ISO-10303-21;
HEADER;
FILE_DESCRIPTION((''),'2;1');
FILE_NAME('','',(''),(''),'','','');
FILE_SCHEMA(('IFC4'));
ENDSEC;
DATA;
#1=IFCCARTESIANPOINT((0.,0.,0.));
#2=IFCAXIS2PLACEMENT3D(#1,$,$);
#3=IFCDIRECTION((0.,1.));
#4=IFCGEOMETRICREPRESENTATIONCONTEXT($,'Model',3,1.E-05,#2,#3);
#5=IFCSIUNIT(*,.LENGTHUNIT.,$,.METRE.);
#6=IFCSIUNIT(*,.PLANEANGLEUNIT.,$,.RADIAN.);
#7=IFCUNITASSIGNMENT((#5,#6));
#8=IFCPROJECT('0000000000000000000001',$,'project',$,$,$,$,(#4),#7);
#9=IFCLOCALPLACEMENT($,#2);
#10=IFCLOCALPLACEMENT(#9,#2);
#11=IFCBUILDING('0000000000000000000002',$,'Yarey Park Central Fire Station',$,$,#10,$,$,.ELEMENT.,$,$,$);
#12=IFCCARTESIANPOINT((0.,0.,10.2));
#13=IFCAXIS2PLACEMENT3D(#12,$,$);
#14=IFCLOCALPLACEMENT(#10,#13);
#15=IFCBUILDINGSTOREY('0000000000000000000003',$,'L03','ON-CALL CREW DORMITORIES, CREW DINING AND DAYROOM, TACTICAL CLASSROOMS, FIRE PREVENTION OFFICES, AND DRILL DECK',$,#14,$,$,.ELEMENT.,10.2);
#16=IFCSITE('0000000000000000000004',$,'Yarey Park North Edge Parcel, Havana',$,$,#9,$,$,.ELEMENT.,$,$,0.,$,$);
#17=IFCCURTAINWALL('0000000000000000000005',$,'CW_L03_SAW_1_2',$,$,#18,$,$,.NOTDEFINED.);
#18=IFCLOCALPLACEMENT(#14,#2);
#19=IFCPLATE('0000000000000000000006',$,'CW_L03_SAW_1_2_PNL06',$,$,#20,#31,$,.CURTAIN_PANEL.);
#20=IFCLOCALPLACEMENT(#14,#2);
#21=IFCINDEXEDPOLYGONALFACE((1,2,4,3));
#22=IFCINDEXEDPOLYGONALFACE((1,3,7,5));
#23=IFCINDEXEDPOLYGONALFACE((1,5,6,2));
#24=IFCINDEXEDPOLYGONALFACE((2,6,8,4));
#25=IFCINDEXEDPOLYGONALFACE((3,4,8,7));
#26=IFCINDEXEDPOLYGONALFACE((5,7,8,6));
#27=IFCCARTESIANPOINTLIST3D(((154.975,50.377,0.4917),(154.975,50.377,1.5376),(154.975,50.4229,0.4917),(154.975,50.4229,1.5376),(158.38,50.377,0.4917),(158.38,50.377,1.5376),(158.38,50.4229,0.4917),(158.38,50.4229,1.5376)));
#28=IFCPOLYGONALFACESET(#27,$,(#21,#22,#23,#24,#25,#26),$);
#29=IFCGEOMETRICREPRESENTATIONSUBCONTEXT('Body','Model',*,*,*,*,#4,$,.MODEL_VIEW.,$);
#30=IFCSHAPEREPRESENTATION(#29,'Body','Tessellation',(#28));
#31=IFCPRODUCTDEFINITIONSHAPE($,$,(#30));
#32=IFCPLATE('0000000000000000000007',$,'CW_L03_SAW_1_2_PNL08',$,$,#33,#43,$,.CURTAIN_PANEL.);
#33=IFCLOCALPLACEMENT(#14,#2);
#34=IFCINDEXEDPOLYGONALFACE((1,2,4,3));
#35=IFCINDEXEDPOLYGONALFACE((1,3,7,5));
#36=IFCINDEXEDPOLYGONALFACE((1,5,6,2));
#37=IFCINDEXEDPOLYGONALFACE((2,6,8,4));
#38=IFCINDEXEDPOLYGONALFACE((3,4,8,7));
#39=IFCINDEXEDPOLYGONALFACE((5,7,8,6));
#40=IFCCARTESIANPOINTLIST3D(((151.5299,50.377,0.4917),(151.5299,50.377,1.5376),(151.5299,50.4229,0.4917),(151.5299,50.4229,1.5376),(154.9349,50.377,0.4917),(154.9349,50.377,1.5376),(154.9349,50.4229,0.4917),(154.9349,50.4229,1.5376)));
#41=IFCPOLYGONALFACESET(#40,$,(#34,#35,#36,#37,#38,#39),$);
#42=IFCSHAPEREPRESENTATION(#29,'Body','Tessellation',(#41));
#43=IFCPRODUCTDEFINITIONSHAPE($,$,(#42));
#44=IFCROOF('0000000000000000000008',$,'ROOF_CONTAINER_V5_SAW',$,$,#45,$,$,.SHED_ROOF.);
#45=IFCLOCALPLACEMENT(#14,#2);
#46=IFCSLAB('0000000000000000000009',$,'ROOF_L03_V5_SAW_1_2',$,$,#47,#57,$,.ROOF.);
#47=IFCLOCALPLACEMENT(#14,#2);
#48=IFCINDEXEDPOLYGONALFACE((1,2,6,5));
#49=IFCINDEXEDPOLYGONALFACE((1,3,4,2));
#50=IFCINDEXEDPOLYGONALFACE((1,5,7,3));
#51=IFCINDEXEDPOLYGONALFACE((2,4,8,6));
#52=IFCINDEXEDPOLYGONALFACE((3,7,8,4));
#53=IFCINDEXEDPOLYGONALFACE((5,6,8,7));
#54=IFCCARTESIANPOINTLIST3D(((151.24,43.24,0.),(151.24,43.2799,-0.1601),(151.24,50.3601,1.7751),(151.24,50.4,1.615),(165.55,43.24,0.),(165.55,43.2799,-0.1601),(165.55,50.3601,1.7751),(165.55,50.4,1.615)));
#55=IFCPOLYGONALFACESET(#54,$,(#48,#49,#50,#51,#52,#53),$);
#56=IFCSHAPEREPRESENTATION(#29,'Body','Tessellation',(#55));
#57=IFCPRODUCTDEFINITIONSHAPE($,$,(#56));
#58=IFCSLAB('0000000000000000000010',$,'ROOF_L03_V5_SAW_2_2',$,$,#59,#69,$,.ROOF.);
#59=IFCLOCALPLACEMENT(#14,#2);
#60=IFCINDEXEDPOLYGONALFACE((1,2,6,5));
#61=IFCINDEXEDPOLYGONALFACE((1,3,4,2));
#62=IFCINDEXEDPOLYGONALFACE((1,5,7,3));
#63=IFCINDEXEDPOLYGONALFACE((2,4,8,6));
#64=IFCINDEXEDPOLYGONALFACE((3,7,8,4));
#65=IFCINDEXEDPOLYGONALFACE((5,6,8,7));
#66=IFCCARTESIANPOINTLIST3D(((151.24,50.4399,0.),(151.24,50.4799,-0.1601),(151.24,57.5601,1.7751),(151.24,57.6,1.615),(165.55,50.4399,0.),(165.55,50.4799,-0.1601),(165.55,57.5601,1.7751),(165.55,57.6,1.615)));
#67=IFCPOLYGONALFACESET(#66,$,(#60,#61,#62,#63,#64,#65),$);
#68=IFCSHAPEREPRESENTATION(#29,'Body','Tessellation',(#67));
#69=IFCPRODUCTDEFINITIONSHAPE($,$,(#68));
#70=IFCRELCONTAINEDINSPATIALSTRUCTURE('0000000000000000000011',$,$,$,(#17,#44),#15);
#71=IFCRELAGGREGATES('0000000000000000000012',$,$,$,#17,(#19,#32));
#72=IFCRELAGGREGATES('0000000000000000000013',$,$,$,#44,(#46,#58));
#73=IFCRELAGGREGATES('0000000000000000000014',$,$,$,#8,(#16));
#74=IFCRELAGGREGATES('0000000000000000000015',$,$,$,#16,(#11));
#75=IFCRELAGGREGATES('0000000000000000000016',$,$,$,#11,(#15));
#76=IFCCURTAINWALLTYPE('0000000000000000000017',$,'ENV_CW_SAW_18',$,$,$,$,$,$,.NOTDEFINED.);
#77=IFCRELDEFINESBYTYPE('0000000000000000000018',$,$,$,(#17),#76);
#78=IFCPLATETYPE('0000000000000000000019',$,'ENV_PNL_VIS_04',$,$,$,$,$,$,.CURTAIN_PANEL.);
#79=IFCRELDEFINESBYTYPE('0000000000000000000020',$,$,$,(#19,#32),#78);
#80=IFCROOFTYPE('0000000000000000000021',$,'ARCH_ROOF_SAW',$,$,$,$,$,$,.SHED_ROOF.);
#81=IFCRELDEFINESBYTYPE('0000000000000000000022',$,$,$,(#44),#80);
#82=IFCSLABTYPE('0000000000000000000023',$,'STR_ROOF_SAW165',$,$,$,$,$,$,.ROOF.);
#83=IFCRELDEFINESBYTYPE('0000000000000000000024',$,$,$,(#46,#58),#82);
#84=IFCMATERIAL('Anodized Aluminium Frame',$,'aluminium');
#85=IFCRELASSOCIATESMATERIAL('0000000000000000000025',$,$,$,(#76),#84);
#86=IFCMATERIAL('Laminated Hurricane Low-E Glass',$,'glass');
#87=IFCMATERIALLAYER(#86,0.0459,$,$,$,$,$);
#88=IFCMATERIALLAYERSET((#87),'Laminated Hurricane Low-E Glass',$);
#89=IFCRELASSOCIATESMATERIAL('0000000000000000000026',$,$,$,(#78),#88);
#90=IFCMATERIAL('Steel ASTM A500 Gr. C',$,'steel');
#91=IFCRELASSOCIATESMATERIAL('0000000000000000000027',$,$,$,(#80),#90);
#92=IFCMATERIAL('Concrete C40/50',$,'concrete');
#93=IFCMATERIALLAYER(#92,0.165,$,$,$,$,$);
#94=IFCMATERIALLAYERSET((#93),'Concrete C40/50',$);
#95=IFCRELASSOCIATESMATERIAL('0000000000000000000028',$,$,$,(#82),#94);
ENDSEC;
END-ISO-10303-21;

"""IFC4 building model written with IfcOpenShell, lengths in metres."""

from ifc_helpers import new_model, si_unit, direction, frame, origin, origin_2d, place, context, subcontext, project, spatial, polyline, rectangle, outline, extrude, material, layer, layer_set, type_object, element, aggregate, save


model = new_model("IFC4")

# Units and contexts
model_context = context("Model", 3, precision=1e-05, world=origin(), true_north=direction((0.0, 1.0)))
body_context = subcontext(model_context, "Body", "Model", "MODEL_VIEW")
ifc_project = project(units=[si_unit("LENGTHUNIT", "METRE"), si_unit("PLANEANGLEUNIT", "RADIAN")], contexts=[model_context])

# Site, building, storey
site_placement = place(None, origin())
site = spatial("IfcSite", under=ifc_project, at=site_placement, Name="Yarey Park North Edge Parcel, Havana", CompositionType="ELEMENT", RefElevation=0.0)
building_placement = place(site_placement, origin())
building = spatial("IfcBuilding", under=site, at=building_placement, Name="Yarey Park Central Fire Station", CompositionType="ELEMENT")
storey_placement = place(building_placement, frame((0.0, 0.0, 10.2)))
storey = spatial("IfcBuildingStorey", under=building, at=storey_placement, Name="L03", Description="ON-CALL CREW DORMITORIES, CREW DINING AND DAYROOM, TACTICAL CLASSROOMS, FIRE PREVENTION OFFICES, AND DRILL DECK", CompositionType="ELEMENT", Elevation=10.2)

# Curtain wall
ifc_material_1 = material(Name="Anodized Aluminium Frame", Category="aluminium")
curtain_wall_type = type_object("IfcCurtainWallType", Name="ENV_CW_SAW_18", PredefinedType="NOTDEFINED", material=ifc_material_1)
curtain_wall_1_placement = place(storey_placement, origin())
curtain_wall_1 = element("IfcCurtainWall", 1, at=curtain_wall_1_placement, inside=storey, type_object=curtain_wall_type, Name="CW_L03_SAW_1_2", PredefinedType="NOTDEFINED")

# Shared definitions
ifc_material_2 = material(Name="Steel ASTM A500 Gr. C", Category="steel")

# Plates
ifc_material_3 = material(Name="Laminated Hurricane Low-E Glass", Category="glass")
ifc_layer_1 = layer(ifc_material_3, 0.0459)
ifc_layer_set_1 = layer_set([ifc_layer_1], Name="Laminated Hurricane Low-E Glass")
plate_type_1 = type_object("IfcPlateType", Name="ENV_PNL_VIS_04", PredefinedType="CURTAIN_PANEL", material=ifc_layer_set_1)
plate_1_placement = place(storey_placement, frame((156.6775, 50.3999, 0.4917), z_axis=(0.0, 0.0, 1.0), x_axis=(-1.0, 0.0, 0.0)))
plate_1 = element("IfcPlate", 2, at=plate_1_placement, type_object=plate_type_1, Name="CW_L03_SAW_1_2_PNL06", PredefinedType="CURTAIN_PANEL", context=body_context, shape_type="SweptSolid", body=[
    extrude(rectangle(XDim=3.405, YDim=0.0459, at=origin_2d()), origin(), (0.0, 0.0, 1.0), 1.0459),
])
plate_2_placement = place(storey_placement, frame((153.2324, 50.3999, 0.4917), z_axis=(0.0, 0.0, 1.0), x_axis=(-1.0, 0.0, 0.0)))
plate_2 = element("IfcPlate", 3, at=plate_2_placement, type_object=plate_type_1, Name="CW_L03_SAW_1_2_PNL08", PredefinedType="CURTAIN_PANEL", context=body_context, shape_type="SweptSolid", body=[
    extrude(rectangle(XDim=3.405, YDim=0.0459, at=origin_2d()), origin(), (0.0, 0.0, 1.0), 1.0459),
])
aggregate(curtain_wall_1, [plate_1, plate_2])

# Roof, slabs
roof_type = type_object("IfcRoofType", Name="ARCH_ROOF_SAW", PredefinedType="SHED_ROOF", material=ifc_material_2)
roof_placement = place(storey_placement, origin())
roof = element("IfcRoof", 4, at=roof_placement, inside=storey, type_object=roof_type, Name="ROOF_CONTAINER_V5_SAW", PredefinedType="SHED_ROOF")
ifc_material_4 = material(Name="Concrete C40/50", Category="concrete")
ifc_layer_2 = layer(ifc_material_4, 0.165)
ifc_layer_set_2 = layer_set([ifc_layer_2], Name="Concrete C40/50")
slab_type = type_object("IfcSlabType", Name="STR_ROOF_SAW165", PredefinedType="ROOF", material=ifc_layer_set_2)
slab_1_placement = place(storey_placement, frame((151.24, 43.24, 0.0), z_axis=(0.0, -0.241909, 0.970299), x_axis=(1.0, 0.0, 0.0)))
slab_1 = element("IfcSlab", 5, at=slab_1_placement, type_object=slab_type, Name="ROOF_L03_V5_SAW_1_2", PredefinedType="ROOF", context=body_context, shape_type="SweptSolid", body=[
    extrude(outline(polyline([(0.0, 0.0), (14.3101, 0.0), (14.3101, 7.3381), (0.0, 7.3381), (0.0, 0.0)])), origin(), (0.0, 0.0, -1.0), 0.165),
])
slab_2_placement = place(storey_placement, frame((151.24, 50.4399, 0.0), z_axis=(0.0, -0.241909, 0.970299), x_axis=(1.0, 0.0, 0.0)))
slab_2 = element("IfcSlab", 6, at=slab_2_placement, type_object=slab_type, Name="ROOF_L03_V5_SAW_2_2", PredefinedType="ROOF", context=body_context, shape_type="SweptSolid", body=[
    extrude(outline(polyline([(0.0, 0.0), (14.3101, 0.0), (14.3101, 7.3381), (0.0, 7.3381), (0.0, 0.0)])), origin(), (0.0, 0.0, -1.0), 0.165),
])
aggregate(roof, [slab_1, slab_2])

save(model, "model.ifc")
